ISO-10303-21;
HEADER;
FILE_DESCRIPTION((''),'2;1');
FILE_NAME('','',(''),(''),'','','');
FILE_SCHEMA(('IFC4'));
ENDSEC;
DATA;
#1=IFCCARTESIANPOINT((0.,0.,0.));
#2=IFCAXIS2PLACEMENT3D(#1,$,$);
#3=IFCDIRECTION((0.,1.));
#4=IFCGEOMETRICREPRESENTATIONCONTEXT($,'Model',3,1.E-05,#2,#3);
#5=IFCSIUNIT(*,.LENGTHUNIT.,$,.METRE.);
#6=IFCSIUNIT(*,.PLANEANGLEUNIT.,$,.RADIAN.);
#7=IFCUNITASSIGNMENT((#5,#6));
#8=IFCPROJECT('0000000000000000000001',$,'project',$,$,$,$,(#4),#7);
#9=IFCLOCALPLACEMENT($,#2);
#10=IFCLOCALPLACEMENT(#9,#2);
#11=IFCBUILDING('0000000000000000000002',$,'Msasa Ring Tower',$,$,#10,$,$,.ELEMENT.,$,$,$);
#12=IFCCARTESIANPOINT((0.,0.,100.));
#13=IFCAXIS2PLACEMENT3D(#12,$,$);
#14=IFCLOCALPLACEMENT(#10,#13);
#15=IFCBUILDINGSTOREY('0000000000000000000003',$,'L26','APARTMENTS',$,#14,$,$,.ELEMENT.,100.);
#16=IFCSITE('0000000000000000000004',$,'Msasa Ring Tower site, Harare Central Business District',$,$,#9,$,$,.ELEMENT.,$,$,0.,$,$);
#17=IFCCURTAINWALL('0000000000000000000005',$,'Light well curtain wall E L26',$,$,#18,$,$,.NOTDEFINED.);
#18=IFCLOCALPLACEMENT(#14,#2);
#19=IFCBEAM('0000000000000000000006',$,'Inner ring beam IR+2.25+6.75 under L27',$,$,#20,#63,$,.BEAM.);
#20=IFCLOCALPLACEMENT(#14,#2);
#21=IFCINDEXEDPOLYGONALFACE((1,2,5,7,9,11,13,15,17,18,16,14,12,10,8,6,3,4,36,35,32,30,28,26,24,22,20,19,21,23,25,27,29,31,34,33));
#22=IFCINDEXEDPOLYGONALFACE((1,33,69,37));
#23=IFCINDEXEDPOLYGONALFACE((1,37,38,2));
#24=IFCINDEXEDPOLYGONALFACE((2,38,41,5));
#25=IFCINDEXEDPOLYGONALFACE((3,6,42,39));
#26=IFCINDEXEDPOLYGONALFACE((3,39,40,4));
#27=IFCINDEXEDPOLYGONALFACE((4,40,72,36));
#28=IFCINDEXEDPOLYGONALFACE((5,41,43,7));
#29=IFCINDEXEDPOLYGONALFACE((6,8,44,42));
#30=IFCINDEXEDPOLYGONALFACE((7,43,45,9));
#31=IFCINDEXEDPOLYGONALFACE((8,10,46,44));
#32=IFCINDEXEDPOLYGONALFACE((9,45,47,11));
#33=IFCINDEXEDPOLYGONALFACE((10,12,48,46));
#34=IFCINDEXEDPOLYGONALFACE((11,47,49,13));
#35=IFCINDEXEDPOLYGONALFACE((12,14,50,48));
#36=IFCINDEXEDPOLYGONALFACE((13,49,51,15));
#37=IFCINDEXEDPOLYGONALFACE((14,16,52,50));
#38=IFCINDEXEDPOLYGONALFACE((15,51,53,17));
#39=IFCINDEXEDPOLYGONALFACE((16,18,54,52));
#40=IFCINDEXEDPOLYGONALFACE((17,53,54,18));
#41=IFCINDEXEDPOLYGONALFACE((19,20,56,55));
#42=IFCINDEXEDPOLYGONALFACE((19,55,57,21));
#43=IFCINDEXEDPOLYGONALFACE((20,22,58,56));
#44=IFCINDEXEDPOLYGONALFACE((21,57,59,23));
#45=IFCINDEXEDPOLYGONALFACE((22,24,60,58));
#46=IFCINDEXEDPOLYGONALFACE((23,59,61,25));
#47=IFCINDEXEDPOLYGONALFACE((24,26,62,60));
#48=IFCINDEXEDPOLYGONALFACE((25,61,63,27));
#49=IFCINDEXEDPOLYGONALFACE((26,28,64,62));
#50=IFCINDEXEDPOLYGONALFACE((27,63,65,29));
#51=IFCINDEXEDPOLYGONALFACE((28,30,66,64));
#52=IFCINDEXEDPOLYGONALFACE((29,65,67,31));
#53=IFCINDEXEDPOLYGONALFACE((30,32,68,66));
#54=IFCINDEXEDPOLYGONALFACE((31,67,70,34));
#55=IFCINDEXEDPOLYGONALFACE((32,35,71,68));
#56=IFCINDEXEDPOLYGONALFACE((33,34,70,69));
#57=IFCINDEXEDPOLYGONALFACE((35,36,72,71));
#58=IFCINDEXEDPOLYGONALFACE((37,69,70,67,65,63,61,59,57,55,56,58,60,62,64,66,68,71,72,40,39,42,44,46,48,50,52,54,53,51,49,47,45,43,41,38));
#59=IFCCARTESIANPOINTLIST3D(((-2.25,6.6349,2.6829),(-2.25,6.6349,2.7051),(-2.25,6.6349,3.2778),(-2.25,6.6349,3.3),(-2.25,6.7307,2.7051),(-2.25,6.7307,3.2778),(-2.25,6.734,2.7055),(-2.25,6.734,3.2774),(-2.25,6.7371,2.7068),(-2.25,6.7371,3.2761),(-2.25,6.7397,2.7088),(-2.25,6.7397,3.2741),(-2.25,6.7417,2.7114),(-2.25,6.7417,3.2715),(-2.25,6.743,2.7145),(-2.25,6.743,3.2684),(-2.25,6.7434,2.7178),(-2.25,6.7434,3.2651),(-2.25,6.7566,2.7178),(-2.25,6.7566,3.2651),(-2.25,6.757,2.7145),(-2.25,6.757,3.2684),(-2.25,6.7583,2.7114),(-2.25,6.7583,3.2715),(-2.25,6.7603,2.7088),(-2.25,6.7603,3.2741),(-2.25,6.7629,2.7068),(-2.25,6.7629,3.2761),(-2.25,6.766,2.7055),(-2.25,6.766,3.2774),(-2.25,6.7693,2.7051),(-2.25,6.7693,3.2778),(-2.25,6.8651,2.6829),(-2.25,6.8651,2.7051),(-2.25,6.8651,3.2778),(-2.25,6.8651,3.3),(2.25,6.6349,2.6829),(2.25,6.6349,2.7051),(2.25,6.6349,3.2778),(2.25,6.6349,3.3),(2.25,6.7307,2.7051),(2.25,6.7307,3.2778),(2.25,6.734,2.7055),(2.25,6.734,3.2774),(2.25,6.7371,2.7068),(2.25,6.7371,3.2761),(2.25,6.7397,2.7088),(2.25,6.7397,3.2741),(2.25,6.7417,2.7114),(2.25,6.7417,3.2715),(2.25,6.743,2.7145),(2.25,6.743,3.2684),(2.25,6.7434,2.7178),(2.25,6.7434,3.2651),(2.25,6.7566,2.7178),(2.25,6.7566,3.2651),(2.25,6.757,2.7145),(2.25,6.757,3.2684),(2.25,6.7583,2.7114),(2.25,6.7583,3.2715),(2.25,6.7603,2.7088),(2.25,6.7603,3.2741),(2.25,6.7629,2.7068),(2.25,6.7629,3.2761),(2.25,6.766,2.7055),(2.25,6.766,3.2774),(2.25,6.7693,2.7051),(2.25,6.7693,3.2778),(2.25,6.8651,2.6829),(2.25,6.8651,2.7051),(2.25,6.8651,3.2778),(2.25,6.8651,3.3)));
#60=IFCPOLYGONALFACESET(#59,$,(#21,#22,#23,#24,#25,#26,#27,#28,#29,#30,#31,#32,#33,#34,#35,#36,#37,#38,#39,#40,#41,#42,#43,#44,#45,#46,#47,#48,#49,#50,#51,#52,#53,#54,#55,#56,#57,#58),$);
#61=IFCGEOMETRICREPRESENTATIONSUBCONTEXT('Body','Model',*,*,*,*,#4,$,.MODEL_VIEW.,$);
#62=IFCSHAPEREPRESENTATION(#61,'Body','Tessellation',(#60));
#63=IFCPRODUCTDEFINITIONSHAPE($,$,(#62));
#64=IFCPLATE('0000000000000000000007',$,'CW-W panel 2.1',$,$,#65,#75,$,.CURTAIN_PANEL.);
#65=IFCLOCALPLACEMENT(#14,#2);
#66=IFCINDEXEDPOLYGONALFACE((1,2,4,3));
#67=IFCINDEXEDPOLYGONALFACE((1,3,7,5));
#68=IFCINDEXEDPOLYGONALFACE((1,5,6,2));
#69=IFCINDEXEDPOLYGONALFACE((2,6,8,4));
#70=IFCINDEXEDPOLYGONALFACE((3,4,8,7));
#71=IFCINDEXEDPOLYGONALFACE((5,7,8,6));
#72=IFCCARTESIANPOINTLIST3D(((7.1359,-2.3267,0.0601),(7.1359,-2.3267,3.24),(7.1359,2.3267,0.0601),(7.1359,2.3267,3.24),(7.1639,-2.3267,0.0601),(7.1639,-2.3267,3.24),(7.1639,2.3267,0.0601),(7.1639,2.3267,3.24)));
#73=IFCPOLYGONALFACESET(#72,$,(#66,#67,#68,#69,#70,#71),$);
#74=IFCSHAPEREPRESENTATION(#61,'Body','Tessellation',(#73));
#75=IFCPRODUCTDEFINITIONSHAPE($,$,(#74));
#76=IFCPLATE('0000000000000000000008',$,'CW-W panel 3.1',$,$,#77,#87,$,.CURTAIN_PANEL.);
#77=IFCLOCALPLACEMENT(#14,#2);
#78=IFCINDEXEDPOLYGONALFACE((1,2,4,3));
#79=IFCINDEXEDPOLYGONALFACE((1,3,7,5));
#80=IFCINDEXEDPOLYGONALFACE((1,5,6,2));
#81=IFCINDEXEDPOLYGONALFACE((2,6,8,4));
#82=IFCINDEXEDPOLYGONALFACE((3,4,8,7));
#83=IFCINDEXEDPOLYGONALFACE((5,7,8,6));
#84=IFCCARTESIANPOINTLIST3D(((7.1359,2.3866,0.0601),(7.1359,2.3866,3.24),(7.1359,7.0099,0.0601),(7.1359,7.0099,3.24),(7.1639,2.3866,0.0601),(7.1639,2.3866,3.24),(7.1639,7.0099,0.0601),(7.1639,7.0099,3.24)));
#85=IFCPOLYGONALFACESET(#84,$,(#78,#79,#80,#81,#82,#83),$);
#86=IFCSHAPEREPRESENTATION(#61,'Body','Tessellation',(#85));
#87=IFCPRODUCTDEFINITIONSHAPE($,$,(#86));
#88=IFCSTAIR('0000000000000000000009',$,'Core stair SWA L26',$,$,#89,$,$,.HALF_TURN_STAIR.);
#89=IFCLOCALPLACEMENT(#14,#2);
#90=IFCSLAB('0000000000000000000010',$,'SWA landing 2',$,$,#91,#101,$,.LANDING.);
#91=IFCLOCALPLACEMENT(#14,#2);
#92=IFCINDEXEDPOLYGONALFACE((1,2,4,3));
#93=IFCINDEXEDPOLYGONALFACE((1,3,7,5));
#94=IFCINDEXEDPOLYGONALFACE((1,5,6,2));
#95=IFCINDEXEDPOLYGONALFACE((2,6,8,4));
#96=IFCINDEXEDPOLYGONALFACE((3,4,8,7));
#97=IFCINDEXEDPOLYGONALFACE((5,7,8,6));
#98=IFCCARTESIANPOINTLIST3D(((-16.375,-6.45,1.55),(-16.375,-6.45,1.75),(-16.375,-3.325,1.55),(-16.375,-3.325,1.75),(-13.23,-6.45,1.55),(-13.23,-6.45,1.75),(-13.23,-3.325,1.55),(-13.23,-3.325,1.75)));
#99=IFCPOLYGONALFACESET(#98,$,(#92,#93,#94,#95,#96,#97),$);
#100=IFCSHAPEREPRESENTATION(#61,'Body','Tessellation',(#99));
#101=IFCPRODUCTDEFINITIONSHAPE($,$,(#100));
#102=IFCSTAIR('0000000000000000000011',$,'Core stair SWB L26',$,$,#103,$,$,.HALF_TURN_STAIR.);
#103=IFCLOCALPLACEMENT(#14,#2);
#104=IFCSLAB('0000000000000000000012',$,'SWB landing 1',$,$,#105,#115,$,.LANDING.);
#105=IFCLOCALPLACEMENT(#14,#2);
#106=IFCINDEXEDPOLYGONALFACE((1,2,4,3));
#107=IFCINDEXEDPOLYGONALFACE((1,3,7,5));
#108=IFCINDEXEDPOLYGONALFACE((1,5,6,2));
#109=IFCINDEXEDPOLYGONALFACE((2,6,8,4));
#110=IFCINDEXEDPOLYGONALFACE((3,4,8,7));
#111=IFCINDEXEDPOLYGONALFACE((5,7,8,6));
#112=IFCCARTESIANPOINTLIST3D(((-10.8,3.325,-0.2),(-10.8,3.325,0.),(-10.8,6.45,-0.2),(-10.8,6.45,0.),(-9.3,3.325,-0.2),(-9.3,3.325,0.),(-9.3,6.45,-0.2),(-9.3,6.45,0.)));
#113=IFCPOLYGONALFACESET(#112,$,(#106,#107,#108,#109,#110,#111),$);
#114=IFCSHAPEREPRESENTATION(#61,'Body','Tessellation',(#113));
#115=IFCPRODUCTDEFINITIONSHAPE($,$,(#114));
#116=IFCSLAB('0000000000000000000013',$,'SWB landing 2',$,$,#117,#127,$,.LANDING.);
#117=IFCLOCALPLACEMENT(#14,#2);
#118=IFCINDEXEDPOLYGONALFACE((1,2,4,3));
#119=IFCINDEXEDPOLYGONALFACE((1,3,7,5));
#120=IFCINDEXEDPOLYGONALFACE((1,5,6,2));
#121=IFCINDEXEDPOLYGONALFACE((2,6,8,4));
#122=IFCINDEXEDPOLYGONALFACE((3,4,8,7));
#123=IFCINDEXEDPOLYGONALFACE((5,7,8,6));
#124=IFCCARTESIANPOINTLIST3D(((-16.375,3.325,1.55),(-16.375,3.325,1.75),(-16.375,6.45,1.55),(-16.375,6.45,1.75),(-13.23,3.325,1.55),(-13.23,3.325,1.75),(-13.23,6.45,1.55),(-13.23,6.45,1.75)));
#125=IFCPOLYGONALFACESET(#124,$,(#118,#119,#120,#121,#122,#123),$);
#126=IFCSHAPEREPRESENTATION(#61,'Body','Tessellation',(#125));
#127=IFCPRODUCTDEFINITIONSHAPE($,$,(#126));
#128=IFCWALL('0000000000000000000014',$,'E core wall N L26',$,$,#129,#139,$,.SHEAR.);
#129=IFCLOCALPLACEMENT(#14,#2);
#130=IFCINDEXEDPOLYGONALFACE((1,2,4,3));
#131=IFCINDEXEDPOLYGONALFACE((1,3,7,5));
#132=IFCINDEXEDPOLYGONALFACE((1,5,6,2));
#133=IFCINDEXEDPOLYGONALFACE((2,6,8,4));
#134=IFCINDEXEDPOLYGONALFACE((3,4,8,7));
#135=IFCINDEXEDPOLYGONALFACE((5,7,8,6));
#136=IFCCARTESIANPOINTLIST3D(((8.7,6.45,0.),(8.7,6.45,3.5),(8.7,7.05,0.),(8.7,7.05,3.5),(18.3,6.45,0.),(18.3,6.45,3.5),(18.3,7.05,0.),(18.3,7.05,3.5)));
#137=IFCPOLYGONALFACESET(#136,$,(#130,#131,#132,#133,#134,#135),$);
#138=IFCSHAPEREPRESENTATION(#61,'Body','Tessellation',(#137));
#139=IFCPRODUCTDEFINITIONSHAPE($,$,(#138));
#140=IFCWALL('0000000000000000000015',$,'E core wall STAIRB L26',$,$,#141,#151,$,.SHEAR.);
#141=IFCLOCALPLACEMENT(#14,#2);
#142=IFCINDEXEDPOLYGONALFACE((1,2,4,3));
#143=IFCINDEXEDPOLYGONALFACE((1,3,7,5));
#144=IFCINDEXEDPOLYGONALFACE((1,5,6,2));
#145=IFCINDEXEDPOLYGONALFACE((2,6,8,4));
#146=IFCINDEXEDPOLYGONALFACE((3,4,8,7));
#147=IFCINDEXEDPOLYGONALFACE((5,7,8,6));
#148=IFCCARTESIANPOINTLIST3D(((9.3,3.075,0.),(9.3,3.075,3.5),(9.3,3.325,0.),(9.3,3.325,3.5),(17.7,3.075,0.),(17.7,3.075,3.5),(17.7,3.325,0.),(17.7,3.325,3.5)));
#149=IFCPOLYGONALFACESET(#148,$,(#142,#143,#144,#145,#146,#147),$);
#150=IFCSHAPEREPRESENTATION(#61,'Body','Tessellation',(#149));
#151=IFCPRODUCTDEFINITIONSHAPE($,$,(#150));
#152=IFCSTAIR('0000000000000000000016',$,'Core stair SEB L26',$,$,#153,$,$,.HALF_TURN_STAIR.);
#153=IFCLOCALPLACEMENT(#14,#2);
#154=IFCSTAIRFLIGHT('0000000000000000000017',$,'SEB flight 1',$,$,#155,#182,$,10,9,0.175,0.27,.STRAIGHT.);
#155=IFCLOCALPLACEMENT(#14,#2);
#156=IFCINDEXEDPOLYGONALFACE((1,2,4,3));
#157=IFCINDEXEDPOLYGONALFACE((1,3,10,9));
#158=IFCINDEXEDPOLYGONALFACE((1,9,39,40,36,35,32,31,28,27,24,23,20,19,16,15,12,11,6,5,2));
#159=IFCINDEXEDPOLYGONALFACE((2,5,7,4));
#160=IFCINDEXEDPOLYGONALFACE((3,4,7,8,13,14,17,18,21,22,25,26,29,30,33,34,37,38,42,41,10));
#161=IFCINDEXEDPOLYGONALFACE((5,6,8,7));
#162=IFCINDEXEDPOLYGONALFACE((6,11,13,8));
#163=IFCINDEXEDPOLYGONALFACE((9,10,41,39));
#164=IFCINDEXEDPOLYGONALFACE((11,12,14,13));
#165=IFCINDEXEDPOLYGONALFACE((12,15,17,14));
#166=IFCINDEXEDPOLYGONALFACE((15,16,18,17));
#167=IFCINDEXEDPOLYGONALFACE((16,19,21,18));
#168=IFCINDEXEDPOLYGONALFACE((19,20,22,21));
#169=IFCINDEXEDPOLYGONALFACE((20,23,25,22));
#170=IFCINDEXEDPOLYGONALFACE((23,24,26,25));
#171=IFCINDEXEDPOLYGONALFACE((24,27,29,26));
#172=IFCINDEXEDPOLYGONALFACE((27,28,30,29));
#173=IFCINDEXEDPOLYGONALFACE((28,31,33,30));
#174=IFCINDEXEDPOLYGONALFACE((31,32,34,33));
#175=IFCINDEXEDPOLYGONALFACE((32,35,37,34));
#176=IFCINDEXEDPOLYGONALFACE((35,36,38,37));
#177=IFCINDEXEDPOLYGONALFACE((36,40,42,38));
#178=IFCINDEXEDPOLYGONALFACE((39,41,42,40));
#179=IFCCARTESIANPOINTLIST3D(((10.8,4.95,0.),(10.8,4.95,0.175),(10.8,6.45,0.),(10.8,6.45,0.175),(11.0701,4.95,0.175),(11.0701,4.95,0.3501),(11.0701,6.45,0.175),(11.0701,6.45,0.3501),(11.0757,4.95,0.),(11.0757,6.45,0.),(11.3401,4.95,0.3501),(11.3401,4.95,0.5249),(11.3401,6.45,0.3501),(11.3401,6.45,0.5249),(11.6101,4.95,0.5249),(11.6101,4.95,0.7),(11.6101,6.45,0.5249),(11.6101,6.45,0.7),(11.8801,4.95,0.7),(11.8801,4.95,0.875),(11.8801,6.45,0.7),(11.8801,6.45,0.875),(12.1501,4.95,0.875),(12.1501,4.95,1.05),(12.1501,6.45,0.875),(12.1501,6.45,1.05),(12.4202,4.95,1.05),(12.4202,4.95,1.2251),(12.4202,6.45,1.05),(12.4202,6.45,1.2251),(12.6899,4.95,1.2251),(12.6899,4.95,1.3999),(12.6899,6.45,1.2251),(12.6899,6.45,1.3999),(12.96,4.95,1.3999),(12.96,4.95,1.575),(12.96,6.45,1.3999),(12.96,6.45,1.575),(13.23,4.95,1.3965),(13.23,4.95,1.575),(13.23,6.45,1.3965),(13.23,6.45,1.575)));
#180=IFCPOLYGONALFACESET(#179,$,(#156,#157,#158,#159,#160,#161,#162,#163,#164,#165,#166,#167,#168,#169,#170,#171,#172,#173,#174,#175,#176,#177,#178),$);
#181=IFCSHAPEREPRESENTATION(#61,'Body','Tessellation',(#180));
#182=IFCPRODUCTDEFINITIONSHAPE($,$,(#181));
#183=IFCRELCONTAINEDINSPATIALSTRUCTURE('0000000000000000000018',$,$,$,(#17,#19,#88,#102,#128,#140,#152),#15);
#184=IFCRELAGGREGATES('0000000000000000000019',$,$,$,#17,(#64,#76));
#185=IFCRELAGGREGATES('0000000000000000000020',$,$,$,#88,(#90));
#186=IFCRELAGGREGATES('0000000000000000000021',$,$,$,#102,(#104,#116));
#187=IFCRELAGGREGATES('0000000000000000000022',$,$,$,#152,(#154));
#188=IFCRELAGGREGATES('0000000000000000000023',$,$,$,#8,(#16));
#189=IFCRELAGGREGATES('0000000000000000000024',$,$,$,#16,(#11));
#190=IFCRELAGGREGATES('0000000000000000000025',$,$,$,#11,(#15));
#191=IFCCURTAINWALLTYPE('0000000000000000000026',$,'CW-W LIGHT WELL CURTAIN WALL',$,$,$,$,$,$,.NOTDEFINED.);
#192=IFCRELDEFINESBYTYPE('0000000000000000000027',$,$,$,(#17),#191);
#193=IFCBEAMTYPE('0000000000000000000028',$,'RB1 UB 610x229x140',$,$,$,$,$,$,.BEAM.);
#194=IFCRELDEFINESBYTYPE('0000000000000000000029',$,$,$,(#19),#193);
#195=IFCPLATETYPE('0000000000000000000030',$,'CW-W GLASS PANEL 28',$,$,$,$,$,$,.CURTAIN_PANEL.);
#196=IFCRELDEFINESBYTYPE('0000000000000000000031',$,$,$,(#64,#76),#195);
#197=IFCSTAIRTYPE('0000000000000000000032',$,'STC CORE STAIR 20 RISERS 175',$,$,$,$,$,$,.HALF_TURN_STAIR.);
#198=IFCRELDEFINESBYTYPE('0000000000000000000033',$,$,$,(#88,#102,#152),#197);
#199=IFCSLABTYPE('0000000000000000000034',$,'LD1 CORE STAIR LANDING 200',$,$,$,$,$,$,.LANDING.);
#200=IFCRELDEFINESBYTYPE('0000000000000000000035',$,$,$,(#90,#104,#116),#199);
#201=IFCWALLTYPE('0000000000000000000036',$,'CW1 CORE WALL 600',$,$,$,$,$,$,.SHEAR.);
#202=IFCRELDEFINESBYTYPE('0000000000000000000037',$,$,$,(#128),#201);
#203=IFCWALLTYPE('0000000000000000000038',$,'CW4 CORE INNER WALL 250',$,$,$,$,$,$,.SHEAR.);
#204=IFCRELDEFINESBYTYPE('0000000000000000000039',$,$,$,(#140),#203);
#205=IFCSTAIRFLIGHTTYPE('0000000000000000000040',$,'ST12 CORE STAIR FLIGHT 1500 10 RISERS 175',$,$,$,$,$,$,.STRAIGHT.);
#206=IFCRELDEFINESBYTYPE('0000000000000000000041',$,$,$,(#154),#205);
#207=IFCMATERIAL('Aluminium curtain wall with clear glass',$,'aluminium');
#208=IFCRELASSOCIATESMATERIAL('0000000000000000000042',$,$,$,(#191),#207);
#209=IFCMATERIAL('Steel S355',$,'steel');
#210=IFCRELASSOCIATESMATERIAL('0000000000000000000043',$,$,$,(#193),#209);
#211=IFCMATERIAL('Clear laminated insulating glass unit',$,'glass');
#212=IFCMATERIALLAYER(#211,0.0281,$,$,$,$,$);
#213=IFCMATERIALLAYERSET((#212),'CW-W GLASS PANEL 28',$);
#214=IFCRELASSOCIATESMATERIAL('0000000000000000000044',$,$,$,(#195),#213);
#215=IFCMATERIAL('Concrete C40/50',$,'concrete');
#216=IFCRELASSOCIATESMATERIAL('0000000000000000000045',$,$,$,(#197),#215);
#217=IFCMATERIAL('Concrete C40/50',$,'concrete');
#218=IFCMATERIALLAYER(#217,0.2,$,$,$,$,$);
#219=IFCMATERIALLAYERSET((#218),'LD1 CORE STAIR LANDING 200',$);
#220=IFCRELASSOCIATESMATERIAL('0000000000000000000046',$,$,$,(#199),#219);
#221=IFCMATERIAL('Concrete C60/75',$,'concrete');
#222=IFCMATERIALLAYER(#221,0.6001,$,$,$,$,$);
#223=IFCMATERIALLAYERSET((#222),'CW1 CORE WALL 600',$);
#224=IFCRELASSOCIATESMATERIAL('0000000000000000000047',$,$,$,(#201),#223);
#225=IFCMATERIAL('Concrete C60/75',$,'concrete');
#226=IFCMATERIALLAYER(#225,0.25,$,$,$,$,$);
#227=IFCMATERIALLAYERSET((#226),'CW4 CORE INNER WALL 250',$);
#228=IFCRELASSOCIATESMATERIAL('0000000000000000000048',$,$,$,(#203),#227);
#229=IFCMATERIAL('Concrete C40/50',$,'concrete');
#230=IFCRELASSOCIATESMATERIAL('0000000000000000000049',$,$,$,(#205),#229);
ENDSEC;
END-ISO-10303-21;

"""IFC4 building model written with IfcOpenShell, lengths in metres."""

from ifc_helpers import new_model, si_unit, direction, frame, frame_2d, origin, origin_2d, place, context, subcontext, project, spatial, polyline, rectangle, i_section, outline, extrude, material, layer, layer_set, material_profile, profile_set, type_object, element, aggregate, save


model = new_model("IFC4")

# Units and contexts
model_context = context("Model", 3, precision=1e-05, world=origin(), true_north=direction((0.0, 1.0)))
body_context = subcontext(model_context, "Body", "Model", "MODEL_VIEW")
ifc_project = project(units=[si_unit("LENGTHUNIT", "METRE"), si_unit("PLANEANGLEUNIT", "RADIAN")], contexts=[model_context])

# Site, building, storey
site_placement = place(None, origin())
site = spatial("IfcSite", under=ifc_project, at=site_placement, Name="Msasa Ring Tower site, Harare Central Business District", CompositionType="ELEMENT", RefElevation=0.0)
building_placement = place(site_placement, origin())
building = spatial("IfcBuilding", under=site, at=building_placement, Name="Msasa Ring Tower", CompositionType="ELEMENT")
storey_placement = place(building_placement, frame((0.0, 0.0, 100.0)))
storey = spatial("IfcBuildingStorey", under=building, at=storey_placement, Name="L26", Description="APARTMENTS", CompositionType="ELEMENT", Elevation=100.0)

# Curtain wall
ifc_material_1 = material(Name="Aluminium curtain wall with clear glass", Category="aluminium")
curtain_wall_type = type_object("IfcCurtainWallType", Name="CW-W LIGHT WELL CURTAIN WALL", PredefinedType="NOTDEFINED", material=ifc_material_1)
curtain_wall_placement = place(storey_placement, origin())
curtain_wall = element("IfcCurtainWall", 1, at=curtain_wall_placement, inside=storey, type_object=curtain_wall_type, Name="Light well curtain wall E L26", PredefinedType="NOTDEFINED")

# Beam
ifc_material_2 = material(Name="Steel S355", Category="steel")
ifc_material_profile_1 = material_profile(ifc_material_2, i_section(OverallWidth=0.2302, OverallDepth=0.6172, WebThickness=0.0132, FlangeThickness=0.0222, FilletRadius=0.0127, at=origin_2d()), Name="UB 610x229x140")
ifc_profile_set_1 = profile_set([ifc_material_profile_1], Name="Steel S355")
beam_type = type_object("IfcBeamType", Name="RB1 UB 610x229x140", PredefinedType="BEAM", material=ifc_profile_set_1)
for number, where, z_axis, x_axis, name in (
    (2, (2.25, 6.75, 2.9915), (-1.0, 0.0, 0.0), (0.0, -1.0, 0.0), "Inner ring beam IR+2.25+6.75 under L27"),
):
    element("IfcBeam", number, at=place(storey_placement, frame(where, z_axis=z_axis, x_axis=x_axis)), inside=storey, type_object=beam_type, Name=name, PredefinedType="BEAM", context=body_context, shape_type="SweptSolid", body=[
        extrude(i_section(OverallWidth=0.2302, OverallDepth=0.6172, WebThickness=0.0132, FlangeThickness=0.0222, FilletRadius=0.0127, at=origin_2d()), origin(), (0.0, 0.0, 1.0), 4.5),
    ])

# Plates
ifc_material_3 = material(Name="Clear laminated insulating glass unit", Category="glass")
ifc_layer_1 = layer(ifc_material_3, 0.0281)
ifc_layer_set_1 = layer_set([ifc_layer_1], Name="CW-W GLASS PANEL 28")
plate_type = type_object("IfcPlateType", Name="CW-W GLASS PANEL 28", PredefinedType="CURTAIN_PANEL", material=ifc_layer_set_1)
plate_1_placement = place(storey_placement, frame((7.1499, 0.0, 0.0601), z_axis=(0.0, 0.0, 1.0), x_axis=(0.0, 1.0, 0.0)))
plate_1 = element("IfcPlate", 3, at=plate_1_placement, type_object=plate_type, Name="CW-W panel 2.1", PredefinedType="CURTAIN_PANEL", context=body_context, shape_type="SweptSolid", body=[
    extrude(rectangle(XDim=4.6533, YDim=0.0281, at=origin_2d()), origin(), (0.0, 0.0, 1.0), 3.1799),
])
plate_2_placement = place(storey_placement, frame((7.1499, 4.6982, 0.0601), z_axis=(0.0, 0.0, 1.0), x_axis=(0.0, 1.0, 0.0)))
plate_2 = element("IfcPlate", 4, at=plate_2_placement, type_object=plate_type, Name="CW-W panel 3.1", PredefinedType="CURTAIN_PANEL", context=body_context, shape_type="SweptSolid", body=[
    extrude(rectangle(XDim=4.6233, YDim=0.0281, at=origin_2d()), origin(), (0.0, 0.0, 1.0), 3.1799),
])
aggregate(curtain_wall, [plate_1, plate_2])

# Stair, slab
ifc_material_4 = material(Name="Concrete C40/50", Category="concrete")
stair_type = type_object("IfcStairType", Name="STC CORE STAIR 20 RISERS 175", PredefinedType="HALF_TURN_STAIR", material=ifc_material_4)
stair_1_placement = place(storey_placement, origin())
stair_1 = element("IfcStair", 5, at=stair_1_placement, inside=storey, type_object=stair_type, Name="Core stair SWA L26", PredefinedType="HALF_TURN_STAIR")
ifc_material_5 = material(Name="Concrete C40/50", Category="concrete")
ifc_layer_2 = layer(ifc_material_5, 0.2)
ifc_layer_set_2 = layer_set([ifc_layer_2], Name="LD1 CORE STAIR LANDING 200")
slab_type = type_object("IfcSlabType", Name="LD1 CORE STAIR LANDING 200", PredefinedType="LANDING", material=ifc_layer_set_2)
slab_1_placement = place(storey_placement, frame((0.0, 0.0, 1.55)))
slab_1 = element("IfcSlab", 6, at=slab_1_placement, type_object=slab_type, Name="SWA landing 2", PredefinedType="LANDING", context=body_context, shape_type="SweptSolid", body=[
    extrude(outline(polyline([(-16.375, -6.45), (-13.23, -6.45), (-13.23, -3.325), (-16.375, -3.325), (-16.375, -6.45)])), origin(), (0.0, 0.0, 1.0), 0.2),
])
aggregate(stair_1, [slab_1])

# Stair, slabs
stair_2_placement = place(storey_placement, origin())
stair_2 = element("IfcStair", 7, at=stair_2_placement, inside=storey, type_object=stair_type, Name="Core stair SWB L26", PredefinedType="HALF_TURN_STAIR")
slab_2_placement = place(storey_placement, frame((0.0, 0.0, -0.2)))
slab_2 = element("IfcSlab", 8, at=slab_2_placement, type_object=slab_type, Name="SWB landing 1", PredefinedType="LANDING", context=body_context, shape_type="SweptSolid", body=[
    extrude(outline(polyline([(-10.8, 3.325), (-9.3, 3.325), (-9.3, 6.45), (-10.8, 6.45), (-10.8, 3.325)])), origin(), (0.0, 0.0, 1.0), 0.2),
])
slab_3_placement = place(storey_placement, frame((0.0, 0.0, 1.55)))
slab_3 = element("IfcSlab", 9, at=slab_3_placement, type_object=slab_type, Name="SWB landing 2", PredefinedType="LANDING", context=body_context, shape_type="SweptSolid", body=[
    extrude(outline(polyline([(-16.375, 3.325), (-13.23, 3.325), (-13.23, 6.45), (-16.375, 6.45), (-16.375, 3.325)])), origin(), (0.0, 0.0, 1.0), 0.2),
])
aggregate(stair_2, [slab_2, slab_3])

# Walls
ifc_material_6 = material(Name="Concrete C60/75", Category="concrete")
ifc_layer_3 = layer(ifc_material_6, 0.6001)
ifc_layer_set_3 = layer_set([ifc_layer_3], Name="CW1 CORE WALL 600")
wall_type_1 = type_object("IfcWallType", Name="CW1 CORE WALL 600", PredefinedType="SHEAR", material=ifc_layer_set_3)
wall_1_placement = place(storey_placement, frame((8.7, 6.75, 0.0), z_axis=(0.0, 0.0, 1.0), x_axis=(1.0, 0.0, 0.0)))
element("IfcWall", 10, at=wall_1_placement, inside=storey, type_object=wall_type_1, Name="E core wall N L26", PredefinedType="SHEAR", context=body_context, shape_type="SweptSolid", body=[
    extrude(rectangle(XDim=9.6001, YDim=0.6001, at=frame_2d((4.8, 0.0))), origin(), (0.0, 0.0, 1.0), 3.5),
])
ifc_material_7 = material(Name="Concrete C60/75", Category="concrete")
ifc_layer_4 = layer(ifc_material_7, 0.25)
ifc_layer_set_4 = layer_set([ifc_layer_4], Name="CW4 CORE INNER WALL 250")
wall_type_2 = type_object("IfcWallType", Name="CW4 CORE INNER WALL 250", PredefinedType="SHEAR", material=ifc_layer_set_4)
wall_2_placement = place(storey_placement, frame((9.3, 3.2, 0.0), z_axis=(0.0, 0.0, 1.0), x_axis=(1.0, 0.0, 0.0)))
element("IfcWall", 11, at=wall_2_placement, inside=storey, type_object=wall_type_2, Name="E core wall STAIRB L26", PredefinedType="SHEAR", context=body_context, shape_type="SweptSolid", body=[
    extrude(rectangle(XDim=8.3999, YDim=0.25, at=frame_2d((4.2, 0.0))), origin(), (0.0, 0.0, 1.0), 3.5),
])

# Stair, stair flight
stair_3_placement = place(storey_placement, origin())
stair_3 = element("IfcStair", 12, at=stair_3_placement, inside=storey, type_object=stair_type, Name="Core stair SEB L26", PredefinedType="HALF_TURN_STAIR")
ifc_material_8 = material(Name="Concrete C40/50", Category="concrete")
stair_flight_type = type_object("IfcStairFlightType", Name="ST12 CORE STAIR FLIGHT 1500 10 RISERS 175", PredefinedType="STRAIGHT", material=ifc_material_8)
stair_flight_placement = place(storey_placement, frame((10.8, 5.7, 0.0), z_axis=(0.0, 0.0, 1.0), x_axis=(1.0, 0.0, 0.0)))
stair_flight = element("IfcStairFlight", 13, at=stair_flight_placement, type_object=stair_flight_type, Name="SEB flight 1", NumberOfRisers=10, NumberOfTreads=9, PredefinedType="STRAIGHT", RiserHeight=0.175, TreadLength=0.27, context=body_context, shape_type="SweptSolid", body=[
    extrude(outline(polyline([(0.0, 0.0), (0.0, 0.175), (0.27, 0.175), (0.27, 0.3501), (0.54, 0.3501), (0.54, 0.5249), (0.8101, 0.5249), (0.8101, 0.7), (1.0801, 0.7), (1.0801, 0.875), (1.3501, 0.875), (1.3501, 1.05), (1.6201, 1.05), (1.6201, 1.2251), (1.8899, 1.2251), (1.8899, 1.3999), (2.1599, 1.3999), (2.1599, 1.575), (2.4299, 1.575), (2.4299, 1.75), (2.4299, 1.3965), (0.2756, 0.0), (0.0, 0.0)])), frame((0.0, 0.75, 0.0), z_axis=(0.0, -1.0, 0.0), x_axis=(1.0, 0.0, 0.0)), (0.0, 0.0, 1.0), 1.5),
])
aggregate(stair_3, [stair_flight])

save(model, "model.ifc")
